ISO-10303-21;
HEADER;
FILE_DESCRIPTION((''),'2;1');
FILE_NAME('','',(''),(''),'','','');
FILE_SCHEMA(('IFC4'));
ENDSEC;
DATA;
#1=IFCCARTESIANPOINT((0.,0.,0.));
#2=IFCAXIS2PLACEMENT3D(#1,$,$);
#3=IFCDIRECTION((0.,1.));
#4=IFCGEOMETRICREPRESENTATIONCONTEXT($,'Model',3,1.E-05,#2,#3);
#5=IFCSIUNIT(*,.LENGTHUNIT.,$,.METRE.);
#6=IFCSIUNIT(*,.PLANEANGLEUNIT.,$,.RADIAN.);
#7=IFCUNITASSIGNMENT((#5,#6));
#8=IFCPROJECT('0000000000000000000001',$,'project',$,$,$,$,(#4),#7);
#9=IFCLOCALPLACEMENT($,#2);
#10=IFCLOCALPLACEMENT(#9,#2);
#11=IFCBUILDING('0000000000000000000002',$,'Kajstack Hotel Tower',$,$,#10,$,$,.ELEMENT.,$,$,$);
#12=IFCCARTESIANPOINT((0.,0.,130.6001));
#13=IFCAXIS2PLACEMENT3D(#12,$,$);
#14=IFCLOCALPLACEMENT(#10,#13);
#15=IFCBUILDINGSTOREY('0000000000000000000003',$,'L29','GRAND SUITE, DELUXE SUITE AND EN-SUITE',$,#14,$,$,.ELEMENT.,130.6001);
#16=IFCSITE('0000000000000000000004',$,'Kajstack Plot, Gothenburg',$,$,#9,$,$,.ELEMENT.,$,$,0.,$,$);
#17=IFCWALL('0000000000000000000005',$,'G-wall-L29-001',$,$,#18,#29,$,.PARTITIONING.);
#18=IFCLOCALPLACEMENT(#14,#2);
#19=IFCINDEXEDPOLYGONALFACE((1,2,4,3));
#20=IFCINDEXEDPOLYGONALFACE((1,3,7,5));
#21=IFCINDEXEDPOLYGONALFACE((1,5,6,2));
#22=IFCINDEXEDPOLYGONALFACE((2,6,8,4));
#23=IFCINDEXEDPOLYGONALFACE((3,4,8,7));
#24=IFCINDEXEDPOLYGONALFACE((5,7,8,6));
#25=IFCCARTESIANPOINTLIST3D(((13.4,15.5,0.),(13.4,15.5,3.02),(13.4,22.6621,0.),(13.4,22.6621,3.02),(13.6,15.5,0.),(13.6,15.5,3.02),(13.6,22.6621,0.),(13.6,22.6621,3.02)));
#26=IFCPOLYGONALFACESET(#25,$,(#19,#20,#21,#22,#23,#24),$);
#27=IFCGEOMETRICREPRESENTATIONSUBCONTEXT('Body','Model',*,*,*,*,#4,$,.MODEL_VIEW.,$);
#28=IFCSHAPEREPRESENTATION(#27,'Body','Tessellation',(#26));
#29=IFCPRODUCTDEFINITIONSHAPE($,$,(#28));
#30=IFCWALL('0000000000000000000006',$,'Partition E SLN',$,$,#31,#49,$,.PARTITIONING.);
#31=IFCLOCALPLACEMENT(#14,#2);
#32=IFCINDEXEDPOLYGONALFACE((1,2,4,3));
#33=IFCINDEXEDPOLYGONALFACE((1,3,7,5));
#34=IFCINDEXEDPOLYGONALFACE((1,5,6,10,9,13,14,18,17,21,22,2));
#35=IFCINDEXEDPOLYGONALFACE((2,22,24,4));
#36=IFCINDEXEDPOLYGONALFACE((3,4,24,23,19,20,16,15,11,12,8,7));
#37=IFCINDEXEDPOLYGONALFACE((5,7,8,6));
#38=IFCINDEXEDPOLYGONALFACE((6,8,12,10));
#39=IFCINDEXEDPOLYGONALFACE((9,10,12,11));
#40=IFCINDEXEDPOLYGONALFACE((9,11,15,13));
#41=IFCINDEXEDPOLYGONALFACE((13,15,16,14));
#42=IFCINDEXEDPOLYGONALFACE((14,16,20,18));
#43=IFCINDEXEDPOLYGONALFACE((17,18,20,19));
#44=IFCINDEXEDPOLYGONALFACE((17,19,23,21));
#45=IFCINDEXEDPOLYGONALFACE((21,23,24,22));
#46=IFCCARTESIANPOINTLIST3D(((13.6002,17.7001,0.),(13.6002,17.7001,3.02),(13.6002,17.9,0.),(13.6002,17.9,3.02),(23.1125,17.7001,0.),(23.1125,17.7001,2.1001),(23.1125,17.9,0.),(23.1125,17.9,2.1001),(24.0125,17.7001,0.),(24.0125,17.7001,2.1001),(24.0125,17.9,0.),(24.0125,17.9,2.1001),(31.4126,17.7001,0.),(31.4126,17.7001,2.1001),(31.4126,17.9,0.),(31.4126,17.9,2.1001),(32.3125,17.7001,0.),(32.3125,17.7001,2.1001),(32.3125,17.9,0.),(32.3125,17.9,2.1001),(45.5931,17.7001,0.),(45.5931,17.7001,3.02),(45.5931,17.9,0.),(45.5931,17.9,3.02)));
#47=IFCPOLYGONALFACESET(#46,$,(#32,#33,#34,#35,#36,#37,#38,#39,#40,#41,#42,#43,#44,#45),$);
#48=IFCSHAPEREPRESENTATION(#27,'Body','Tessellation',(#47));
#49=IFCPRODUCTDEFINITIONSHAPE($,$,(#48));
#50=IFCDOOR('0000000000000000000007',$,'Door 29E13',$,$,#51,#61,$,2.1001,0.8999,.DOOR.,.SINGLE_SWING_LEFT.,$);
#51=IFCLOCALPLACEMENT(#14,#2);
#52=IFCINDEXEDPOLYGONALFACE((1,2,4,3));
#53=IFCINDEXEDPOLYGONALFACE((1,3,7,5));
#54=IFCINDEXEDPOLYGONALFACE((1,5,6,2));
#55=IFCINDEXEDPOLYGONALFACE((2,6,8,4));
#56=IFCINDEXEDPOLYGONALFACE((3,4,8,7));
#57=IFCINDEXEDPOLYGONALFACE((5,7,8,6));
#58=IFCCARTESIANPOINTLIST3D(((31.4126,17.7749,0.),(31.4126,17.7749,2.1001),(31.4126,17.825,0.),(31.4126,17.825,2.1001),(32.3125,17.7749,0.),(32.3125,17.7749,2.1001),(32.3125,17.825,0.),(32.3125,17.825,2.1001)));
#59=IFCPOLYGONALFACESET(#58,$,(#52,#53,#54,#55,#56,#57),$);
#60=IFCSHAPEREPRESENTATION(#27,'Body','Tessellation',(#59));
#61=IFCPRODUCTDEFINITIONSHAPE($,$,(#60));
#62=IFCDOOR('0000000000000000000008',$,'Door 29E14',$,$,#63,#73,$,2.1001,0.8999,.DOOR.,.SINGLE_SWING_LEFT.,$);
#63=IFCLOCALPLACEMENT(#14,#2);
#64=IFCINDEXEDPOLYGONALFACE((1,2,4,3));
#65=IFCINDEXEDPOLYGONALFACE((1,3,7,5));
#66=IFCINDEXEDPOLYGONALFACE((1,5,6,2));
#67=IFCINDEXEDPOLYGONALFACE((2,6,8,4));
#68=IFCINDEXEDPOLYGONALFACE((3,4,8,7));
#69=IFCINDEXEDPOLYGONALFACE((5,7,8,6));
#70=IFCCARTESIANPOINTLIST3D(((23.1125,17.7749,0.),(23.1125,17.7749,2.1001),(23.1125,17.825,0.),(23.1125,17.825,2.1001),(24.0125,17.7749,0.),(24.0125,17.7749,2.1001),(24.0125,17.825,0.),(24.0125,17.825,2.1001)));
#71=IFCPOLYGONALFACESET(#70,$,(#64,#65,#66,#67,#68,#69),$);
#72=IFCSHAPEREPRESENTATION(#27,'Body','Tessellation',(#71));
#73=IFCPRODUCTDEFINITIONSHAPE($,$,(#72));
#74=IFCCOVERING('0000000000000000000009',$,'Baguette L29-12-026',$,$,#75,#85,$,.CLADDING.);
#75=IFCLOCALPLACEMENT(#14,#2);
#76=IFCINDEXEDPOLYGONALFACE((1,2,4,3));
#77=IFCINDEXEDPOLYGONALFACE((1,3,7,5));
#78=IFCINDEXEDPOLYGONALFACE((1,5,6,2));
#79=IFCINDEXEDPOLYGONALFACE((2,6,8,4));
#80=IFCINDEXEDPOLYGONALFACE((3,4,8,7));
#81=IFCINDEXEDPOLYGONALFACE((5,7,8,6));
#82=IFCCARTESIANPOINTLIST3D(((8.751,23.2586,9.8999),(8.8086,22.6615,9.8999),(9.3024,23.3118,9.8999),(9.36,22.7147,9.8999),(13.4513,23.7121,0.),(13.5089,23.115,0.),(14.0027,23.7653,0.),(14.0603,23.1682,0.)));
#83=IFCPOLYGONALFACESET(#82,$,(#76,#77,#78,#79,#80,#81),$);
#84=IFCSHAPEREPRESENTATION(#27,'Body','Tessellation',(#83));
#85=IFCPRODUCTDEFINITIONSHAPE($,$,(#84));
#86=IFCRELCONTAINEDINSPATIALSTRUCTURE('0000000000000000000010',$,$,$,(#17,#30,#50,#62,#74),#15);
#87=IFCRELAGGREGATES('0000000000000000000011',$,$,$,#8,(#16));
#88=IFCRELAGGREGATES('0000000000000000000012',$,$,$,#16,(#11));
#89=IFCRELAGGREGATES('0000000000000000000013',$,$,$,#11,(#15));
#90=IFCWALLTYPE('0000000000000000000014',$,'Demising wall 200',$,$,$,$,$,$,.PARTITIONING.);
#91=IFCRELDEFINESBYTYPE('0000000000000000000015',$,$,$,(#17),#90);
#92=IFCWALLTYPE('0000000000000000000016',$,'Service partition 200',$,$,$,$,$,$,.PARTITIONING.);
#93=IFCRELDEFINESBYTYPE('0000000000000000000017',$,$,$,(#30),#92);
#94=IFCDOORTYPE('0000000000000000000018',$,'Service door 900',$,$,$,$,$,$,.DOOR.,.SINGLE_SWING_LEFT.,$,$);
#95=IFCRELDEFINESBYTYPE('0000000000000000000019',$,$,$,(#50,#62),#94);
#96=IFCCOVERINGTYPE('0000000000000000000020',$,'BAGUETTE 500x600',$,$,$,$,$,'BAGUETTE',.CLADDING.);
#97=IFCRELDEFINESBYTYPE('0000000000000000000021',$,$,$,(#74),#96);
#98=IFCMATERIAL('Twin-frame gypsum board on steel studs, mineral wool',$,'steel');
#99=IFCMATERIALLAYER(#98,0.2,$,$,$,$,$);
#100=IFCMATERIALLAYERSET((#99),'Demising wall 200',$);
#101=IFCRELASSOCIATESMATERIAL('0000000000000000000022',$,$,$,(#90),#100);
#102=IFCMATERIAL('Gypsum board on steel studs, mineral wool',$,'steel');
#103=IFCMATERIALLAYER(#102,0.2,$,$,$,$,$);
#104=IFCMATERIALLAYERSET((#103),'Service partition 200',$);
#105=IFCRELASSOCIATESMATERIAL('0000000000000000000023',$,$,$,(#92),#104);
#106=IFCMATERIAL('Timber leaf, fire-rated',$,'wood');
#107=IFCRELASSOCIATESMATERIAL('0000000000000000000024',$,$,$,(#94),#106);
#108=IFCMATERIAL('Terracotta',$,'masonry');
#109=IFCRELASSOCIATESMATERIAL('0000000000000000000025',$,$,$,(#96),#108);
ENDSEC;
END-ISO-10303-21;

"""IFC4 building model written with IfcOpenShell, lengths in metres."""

from ifc_helpers import new_model, si_unit, direction, frame, frame_2d, origin, origin_2d, place, context, subcontext, project, spatial, polyline, rectangle, outline, extrude, material, layer, layer_set, material_profile, profile_set, type_object, element, fill, save


model = new_model("IFC4")

# Units and contexts
model_context = context("Model", 3, precision=1e-05, world=origin(), true_north=direction((0.0, 1.0)))
body_context = subcontext(model_context, "Body", "Model", "MODEL_VIEW")
ifc_project = project(units=[si_unit("LENGTHUNIT", "METRE"), si_unit("PLANEANGLEUNIT", "RADIAN")], contexts=[model_context])

# Site, building, storey
site_placement = place(None, origin())
site = spatial("IfcSite", under=ifc_project, at=site_placement, Name="Kajstack Plot, Gothenburg", CompositionType="ELEMENT", RefElevation=0.0)
building_placement = place(site_placement, origin())
building = spatial("IfcBuilding", under=site, at=building_placement, Name="Kajstack Hotel Tower", CompositionType="ELEMENT")
storey_placement = place(building_placement, frame((0.0, 0.0, 130.6001)))
storey = spatial("IfcBuildingStorey", under=building, at=storey_placement, Name="L29", Description="GRAND SUITE, DELUXE SUITE AND EN-SUITE", CompositionType="ELEMENT", Elevation=130.6001)

# Wall
ifc_material_1 = material(Name="Twin-frame gypsum board on steel studs, mineral wool", Category="steel")
ifc_layer_1 = layer(ifc_material_1, 0.2)
ifc_layer_set_1 = layer_set([ifc_layer_1], Name="Demising wall 200")
wall_type_1 = type_object("IfcWallType", Name="Demising wall 200", PredefinedType="PARTITIONING", material=ifc_layer_set_1)
wall_1_placement = place(storey_placement, frame((13.5, 15.5, 0.0), z_axis=(0.0, 0.0, 1.0), x_axis=(0.0, 1.0, 0.0)))
element("IfcWall", 1, at=wall_1_placement, inside=storey, type_object=wall_type_1, Name="G-wall-L29-001", PredefinedType="PARTITIONING", context=body_context, shape_type="SweptSolid", body=[
    extrude(rectangle(XDim=7.1621, YDim=0.2, at=frame_2d((3.5811, 0.0))), origin(), (0.0, 0.0, 1.0), 3.02),
])

# Wall, openings, doors
ifc_material_2 = material(Name="Gypsum board on steel studs, mineral wool", Category="steel")
ifc_layer_2 = layer(ifc_material_2, 0.2)
ifc_layer_set_2 = layer_set([ifc_layer_2], Name="Service partition 200")
wall_type_2 = type_object("IfcWallType", Name="Service partition 200", PredefinedType="PARTITIONING", material=ifc_layer_set_2)
wall_2_placement = place(storey_placement, frame((13.6001, 17.8, 0.0), z_axis=(0.0, 0.0, 1.0), x_axis=(1.0, 0.0, 0.0)))
wall_2 = element("IfcWall", 2, at=wall_2_placement, inside=storey, type_object=wall_type_2, Name="Partition E SLN", PredefinedType="PARTITIONING", context=body_context, shape_type="SweptSolid", body=[
    extrude(rectangle(XDim=31.9929, YDim=0.2, at=frame_2d((15.9966, 0.0))), origin(), (0.0, 0.0, 1.0), 3.02),
])
opening_1_placement = place(wall_2_placement, frame((17.8125, 0.0, 0.0)))
opening_1 = element("IfcOpeningElement", 3, at=opening_1_placement, cuts=wall_2, PredefinedType="OPENING", context=body_context, shape_type="SweptSolid", body=[
    extrude(rectangle(XDim=0.8999, YDim=2.1001, at=frame_2d((0.45, 1.05))), frame((0.0, 0.1099, 0.0), z_axis=(0.0, -1.0, 0.0), x_axis=(1.0, 0.0, 0.0)), (0.0, 0.0, 1.0), 0.22),
])
opening_2_placement = place(wall_2_placement, frame((9.5125, 0.0, 0.0)))
opening_2 = element("IfcOpeningElement", 4, at=opening_2_placement, cuts=wall_2, PredefinedType="OPENING", context=body_context, shape_type="SweptSolid", body=[
    extrude(rectangle(XDim=0.8999, YDim=2.1001, at=frame_2d((0.45, 1.05))), frame((0.0, 0.1099, 0.0), z_axis=(0.0, -1.0, 0.0), x_axis=(1.0, 0.0, 0.0)), (0.0, 0.0, 1.0), 0.22),
])
ifc_material_3 = material(Name="Timber leaf, fire-rated", Category="wood")
door_type = type_object("IfcDoorType", Name="Service door 900", OperationType="SINGLE_SWING_LEFT", PredefinedType="DOOR", material=ifc_material_3)
door_1_placement = place(opening_1_placement, origin())
door_1 = element("IfcDoor", 5, at=door_1_placement, inside=storey, type_object=door_type, Name="Door 29E13", OperationType="SINGLE_SWING_LEFT", OverallHeight=2.1001, OverallWidth=0.8999, PredefinedType="DOOR", context=body_context, shape_type="SweptSolid", body=[
    extrude(rectangle(XDim=0.8999, YDim=2.1001, at=frame_2d((0.45, 1.05))), frame((0.0, 0.0249, 0.0), z_axis=(0.0, -1.0, 0.0), x_axis=(1.0, 0.0, 0.0)), (0.0, 0.0, 1.0), 0.05),
])
fill(opening_1, door_1)
door_2_placement = place(opening_2_placement, origin())
door_2 = element("IfcDoor", 6, at=door_2_placement, inside=storey, type_object=door_type, Name="Door 29E14", OperationType="SINGLE_SWING_LEFT", OverallHeight=2.1001, OverallWidth=0.8999, PredefinedType="DOOR", context=body_context, shape_type="SweptSolid", body=[
    extrude(rectangle(XDim=0.8999, YDim=2.1001, at=frame_2d((0.45, 1.05))), frame((0.0, 0.0249, 0.0), z_axis=(0.0, -1.0, 0.0), x_axis=(1.0, 0.0, 0.0)), (0.0, 0.0, 1.0), 0.05),
])
fill(opening_2, door_2)

# Covering
ifc_material_4 = material(Name="Terracotta", Category="masonry")
ifc_material_profile = material_profile(ifc_material_4, rectangle(XDim=0.6001, YDim=0.5, at=origin_2d()), Name="Terracotta-clad concrete baguette 500 x 600")
ifc_profile_set = profile_set([ifc_material_profile], Name="Terracotta")
covering_type = type_object("IfcCoveringType", Name="BAGUETTE 500x600", ElementType="BAGUETTE", PredefinedType="CLADDING", material=ifc_profile_set)
covering_placement = place(storey_placement, frame((14.0603, 23.1682, 0.0), z_axis=(-0.096038, 0.995378, 0.0), x_axis=(-0.995378, -0.096038, 0.0)))
element("IfcCovering", 7, at=covering_placement, inside=storey, type_object=covering_type, Name="Baguette L29-12-026", PredefinedType="CLADDING", context=body_context, shape_type="SweptSolid", body=[
    extrude(outline(polyline([(4.7222, 9.8999), (0.0, 0.0), (0.554, 0.0), (5.2761, 9.8999), (4.7222, 9.8999)])), origin(), (0.0, 0.0, 1.0), 0.5999),
])

save(model, "model.ifc")
